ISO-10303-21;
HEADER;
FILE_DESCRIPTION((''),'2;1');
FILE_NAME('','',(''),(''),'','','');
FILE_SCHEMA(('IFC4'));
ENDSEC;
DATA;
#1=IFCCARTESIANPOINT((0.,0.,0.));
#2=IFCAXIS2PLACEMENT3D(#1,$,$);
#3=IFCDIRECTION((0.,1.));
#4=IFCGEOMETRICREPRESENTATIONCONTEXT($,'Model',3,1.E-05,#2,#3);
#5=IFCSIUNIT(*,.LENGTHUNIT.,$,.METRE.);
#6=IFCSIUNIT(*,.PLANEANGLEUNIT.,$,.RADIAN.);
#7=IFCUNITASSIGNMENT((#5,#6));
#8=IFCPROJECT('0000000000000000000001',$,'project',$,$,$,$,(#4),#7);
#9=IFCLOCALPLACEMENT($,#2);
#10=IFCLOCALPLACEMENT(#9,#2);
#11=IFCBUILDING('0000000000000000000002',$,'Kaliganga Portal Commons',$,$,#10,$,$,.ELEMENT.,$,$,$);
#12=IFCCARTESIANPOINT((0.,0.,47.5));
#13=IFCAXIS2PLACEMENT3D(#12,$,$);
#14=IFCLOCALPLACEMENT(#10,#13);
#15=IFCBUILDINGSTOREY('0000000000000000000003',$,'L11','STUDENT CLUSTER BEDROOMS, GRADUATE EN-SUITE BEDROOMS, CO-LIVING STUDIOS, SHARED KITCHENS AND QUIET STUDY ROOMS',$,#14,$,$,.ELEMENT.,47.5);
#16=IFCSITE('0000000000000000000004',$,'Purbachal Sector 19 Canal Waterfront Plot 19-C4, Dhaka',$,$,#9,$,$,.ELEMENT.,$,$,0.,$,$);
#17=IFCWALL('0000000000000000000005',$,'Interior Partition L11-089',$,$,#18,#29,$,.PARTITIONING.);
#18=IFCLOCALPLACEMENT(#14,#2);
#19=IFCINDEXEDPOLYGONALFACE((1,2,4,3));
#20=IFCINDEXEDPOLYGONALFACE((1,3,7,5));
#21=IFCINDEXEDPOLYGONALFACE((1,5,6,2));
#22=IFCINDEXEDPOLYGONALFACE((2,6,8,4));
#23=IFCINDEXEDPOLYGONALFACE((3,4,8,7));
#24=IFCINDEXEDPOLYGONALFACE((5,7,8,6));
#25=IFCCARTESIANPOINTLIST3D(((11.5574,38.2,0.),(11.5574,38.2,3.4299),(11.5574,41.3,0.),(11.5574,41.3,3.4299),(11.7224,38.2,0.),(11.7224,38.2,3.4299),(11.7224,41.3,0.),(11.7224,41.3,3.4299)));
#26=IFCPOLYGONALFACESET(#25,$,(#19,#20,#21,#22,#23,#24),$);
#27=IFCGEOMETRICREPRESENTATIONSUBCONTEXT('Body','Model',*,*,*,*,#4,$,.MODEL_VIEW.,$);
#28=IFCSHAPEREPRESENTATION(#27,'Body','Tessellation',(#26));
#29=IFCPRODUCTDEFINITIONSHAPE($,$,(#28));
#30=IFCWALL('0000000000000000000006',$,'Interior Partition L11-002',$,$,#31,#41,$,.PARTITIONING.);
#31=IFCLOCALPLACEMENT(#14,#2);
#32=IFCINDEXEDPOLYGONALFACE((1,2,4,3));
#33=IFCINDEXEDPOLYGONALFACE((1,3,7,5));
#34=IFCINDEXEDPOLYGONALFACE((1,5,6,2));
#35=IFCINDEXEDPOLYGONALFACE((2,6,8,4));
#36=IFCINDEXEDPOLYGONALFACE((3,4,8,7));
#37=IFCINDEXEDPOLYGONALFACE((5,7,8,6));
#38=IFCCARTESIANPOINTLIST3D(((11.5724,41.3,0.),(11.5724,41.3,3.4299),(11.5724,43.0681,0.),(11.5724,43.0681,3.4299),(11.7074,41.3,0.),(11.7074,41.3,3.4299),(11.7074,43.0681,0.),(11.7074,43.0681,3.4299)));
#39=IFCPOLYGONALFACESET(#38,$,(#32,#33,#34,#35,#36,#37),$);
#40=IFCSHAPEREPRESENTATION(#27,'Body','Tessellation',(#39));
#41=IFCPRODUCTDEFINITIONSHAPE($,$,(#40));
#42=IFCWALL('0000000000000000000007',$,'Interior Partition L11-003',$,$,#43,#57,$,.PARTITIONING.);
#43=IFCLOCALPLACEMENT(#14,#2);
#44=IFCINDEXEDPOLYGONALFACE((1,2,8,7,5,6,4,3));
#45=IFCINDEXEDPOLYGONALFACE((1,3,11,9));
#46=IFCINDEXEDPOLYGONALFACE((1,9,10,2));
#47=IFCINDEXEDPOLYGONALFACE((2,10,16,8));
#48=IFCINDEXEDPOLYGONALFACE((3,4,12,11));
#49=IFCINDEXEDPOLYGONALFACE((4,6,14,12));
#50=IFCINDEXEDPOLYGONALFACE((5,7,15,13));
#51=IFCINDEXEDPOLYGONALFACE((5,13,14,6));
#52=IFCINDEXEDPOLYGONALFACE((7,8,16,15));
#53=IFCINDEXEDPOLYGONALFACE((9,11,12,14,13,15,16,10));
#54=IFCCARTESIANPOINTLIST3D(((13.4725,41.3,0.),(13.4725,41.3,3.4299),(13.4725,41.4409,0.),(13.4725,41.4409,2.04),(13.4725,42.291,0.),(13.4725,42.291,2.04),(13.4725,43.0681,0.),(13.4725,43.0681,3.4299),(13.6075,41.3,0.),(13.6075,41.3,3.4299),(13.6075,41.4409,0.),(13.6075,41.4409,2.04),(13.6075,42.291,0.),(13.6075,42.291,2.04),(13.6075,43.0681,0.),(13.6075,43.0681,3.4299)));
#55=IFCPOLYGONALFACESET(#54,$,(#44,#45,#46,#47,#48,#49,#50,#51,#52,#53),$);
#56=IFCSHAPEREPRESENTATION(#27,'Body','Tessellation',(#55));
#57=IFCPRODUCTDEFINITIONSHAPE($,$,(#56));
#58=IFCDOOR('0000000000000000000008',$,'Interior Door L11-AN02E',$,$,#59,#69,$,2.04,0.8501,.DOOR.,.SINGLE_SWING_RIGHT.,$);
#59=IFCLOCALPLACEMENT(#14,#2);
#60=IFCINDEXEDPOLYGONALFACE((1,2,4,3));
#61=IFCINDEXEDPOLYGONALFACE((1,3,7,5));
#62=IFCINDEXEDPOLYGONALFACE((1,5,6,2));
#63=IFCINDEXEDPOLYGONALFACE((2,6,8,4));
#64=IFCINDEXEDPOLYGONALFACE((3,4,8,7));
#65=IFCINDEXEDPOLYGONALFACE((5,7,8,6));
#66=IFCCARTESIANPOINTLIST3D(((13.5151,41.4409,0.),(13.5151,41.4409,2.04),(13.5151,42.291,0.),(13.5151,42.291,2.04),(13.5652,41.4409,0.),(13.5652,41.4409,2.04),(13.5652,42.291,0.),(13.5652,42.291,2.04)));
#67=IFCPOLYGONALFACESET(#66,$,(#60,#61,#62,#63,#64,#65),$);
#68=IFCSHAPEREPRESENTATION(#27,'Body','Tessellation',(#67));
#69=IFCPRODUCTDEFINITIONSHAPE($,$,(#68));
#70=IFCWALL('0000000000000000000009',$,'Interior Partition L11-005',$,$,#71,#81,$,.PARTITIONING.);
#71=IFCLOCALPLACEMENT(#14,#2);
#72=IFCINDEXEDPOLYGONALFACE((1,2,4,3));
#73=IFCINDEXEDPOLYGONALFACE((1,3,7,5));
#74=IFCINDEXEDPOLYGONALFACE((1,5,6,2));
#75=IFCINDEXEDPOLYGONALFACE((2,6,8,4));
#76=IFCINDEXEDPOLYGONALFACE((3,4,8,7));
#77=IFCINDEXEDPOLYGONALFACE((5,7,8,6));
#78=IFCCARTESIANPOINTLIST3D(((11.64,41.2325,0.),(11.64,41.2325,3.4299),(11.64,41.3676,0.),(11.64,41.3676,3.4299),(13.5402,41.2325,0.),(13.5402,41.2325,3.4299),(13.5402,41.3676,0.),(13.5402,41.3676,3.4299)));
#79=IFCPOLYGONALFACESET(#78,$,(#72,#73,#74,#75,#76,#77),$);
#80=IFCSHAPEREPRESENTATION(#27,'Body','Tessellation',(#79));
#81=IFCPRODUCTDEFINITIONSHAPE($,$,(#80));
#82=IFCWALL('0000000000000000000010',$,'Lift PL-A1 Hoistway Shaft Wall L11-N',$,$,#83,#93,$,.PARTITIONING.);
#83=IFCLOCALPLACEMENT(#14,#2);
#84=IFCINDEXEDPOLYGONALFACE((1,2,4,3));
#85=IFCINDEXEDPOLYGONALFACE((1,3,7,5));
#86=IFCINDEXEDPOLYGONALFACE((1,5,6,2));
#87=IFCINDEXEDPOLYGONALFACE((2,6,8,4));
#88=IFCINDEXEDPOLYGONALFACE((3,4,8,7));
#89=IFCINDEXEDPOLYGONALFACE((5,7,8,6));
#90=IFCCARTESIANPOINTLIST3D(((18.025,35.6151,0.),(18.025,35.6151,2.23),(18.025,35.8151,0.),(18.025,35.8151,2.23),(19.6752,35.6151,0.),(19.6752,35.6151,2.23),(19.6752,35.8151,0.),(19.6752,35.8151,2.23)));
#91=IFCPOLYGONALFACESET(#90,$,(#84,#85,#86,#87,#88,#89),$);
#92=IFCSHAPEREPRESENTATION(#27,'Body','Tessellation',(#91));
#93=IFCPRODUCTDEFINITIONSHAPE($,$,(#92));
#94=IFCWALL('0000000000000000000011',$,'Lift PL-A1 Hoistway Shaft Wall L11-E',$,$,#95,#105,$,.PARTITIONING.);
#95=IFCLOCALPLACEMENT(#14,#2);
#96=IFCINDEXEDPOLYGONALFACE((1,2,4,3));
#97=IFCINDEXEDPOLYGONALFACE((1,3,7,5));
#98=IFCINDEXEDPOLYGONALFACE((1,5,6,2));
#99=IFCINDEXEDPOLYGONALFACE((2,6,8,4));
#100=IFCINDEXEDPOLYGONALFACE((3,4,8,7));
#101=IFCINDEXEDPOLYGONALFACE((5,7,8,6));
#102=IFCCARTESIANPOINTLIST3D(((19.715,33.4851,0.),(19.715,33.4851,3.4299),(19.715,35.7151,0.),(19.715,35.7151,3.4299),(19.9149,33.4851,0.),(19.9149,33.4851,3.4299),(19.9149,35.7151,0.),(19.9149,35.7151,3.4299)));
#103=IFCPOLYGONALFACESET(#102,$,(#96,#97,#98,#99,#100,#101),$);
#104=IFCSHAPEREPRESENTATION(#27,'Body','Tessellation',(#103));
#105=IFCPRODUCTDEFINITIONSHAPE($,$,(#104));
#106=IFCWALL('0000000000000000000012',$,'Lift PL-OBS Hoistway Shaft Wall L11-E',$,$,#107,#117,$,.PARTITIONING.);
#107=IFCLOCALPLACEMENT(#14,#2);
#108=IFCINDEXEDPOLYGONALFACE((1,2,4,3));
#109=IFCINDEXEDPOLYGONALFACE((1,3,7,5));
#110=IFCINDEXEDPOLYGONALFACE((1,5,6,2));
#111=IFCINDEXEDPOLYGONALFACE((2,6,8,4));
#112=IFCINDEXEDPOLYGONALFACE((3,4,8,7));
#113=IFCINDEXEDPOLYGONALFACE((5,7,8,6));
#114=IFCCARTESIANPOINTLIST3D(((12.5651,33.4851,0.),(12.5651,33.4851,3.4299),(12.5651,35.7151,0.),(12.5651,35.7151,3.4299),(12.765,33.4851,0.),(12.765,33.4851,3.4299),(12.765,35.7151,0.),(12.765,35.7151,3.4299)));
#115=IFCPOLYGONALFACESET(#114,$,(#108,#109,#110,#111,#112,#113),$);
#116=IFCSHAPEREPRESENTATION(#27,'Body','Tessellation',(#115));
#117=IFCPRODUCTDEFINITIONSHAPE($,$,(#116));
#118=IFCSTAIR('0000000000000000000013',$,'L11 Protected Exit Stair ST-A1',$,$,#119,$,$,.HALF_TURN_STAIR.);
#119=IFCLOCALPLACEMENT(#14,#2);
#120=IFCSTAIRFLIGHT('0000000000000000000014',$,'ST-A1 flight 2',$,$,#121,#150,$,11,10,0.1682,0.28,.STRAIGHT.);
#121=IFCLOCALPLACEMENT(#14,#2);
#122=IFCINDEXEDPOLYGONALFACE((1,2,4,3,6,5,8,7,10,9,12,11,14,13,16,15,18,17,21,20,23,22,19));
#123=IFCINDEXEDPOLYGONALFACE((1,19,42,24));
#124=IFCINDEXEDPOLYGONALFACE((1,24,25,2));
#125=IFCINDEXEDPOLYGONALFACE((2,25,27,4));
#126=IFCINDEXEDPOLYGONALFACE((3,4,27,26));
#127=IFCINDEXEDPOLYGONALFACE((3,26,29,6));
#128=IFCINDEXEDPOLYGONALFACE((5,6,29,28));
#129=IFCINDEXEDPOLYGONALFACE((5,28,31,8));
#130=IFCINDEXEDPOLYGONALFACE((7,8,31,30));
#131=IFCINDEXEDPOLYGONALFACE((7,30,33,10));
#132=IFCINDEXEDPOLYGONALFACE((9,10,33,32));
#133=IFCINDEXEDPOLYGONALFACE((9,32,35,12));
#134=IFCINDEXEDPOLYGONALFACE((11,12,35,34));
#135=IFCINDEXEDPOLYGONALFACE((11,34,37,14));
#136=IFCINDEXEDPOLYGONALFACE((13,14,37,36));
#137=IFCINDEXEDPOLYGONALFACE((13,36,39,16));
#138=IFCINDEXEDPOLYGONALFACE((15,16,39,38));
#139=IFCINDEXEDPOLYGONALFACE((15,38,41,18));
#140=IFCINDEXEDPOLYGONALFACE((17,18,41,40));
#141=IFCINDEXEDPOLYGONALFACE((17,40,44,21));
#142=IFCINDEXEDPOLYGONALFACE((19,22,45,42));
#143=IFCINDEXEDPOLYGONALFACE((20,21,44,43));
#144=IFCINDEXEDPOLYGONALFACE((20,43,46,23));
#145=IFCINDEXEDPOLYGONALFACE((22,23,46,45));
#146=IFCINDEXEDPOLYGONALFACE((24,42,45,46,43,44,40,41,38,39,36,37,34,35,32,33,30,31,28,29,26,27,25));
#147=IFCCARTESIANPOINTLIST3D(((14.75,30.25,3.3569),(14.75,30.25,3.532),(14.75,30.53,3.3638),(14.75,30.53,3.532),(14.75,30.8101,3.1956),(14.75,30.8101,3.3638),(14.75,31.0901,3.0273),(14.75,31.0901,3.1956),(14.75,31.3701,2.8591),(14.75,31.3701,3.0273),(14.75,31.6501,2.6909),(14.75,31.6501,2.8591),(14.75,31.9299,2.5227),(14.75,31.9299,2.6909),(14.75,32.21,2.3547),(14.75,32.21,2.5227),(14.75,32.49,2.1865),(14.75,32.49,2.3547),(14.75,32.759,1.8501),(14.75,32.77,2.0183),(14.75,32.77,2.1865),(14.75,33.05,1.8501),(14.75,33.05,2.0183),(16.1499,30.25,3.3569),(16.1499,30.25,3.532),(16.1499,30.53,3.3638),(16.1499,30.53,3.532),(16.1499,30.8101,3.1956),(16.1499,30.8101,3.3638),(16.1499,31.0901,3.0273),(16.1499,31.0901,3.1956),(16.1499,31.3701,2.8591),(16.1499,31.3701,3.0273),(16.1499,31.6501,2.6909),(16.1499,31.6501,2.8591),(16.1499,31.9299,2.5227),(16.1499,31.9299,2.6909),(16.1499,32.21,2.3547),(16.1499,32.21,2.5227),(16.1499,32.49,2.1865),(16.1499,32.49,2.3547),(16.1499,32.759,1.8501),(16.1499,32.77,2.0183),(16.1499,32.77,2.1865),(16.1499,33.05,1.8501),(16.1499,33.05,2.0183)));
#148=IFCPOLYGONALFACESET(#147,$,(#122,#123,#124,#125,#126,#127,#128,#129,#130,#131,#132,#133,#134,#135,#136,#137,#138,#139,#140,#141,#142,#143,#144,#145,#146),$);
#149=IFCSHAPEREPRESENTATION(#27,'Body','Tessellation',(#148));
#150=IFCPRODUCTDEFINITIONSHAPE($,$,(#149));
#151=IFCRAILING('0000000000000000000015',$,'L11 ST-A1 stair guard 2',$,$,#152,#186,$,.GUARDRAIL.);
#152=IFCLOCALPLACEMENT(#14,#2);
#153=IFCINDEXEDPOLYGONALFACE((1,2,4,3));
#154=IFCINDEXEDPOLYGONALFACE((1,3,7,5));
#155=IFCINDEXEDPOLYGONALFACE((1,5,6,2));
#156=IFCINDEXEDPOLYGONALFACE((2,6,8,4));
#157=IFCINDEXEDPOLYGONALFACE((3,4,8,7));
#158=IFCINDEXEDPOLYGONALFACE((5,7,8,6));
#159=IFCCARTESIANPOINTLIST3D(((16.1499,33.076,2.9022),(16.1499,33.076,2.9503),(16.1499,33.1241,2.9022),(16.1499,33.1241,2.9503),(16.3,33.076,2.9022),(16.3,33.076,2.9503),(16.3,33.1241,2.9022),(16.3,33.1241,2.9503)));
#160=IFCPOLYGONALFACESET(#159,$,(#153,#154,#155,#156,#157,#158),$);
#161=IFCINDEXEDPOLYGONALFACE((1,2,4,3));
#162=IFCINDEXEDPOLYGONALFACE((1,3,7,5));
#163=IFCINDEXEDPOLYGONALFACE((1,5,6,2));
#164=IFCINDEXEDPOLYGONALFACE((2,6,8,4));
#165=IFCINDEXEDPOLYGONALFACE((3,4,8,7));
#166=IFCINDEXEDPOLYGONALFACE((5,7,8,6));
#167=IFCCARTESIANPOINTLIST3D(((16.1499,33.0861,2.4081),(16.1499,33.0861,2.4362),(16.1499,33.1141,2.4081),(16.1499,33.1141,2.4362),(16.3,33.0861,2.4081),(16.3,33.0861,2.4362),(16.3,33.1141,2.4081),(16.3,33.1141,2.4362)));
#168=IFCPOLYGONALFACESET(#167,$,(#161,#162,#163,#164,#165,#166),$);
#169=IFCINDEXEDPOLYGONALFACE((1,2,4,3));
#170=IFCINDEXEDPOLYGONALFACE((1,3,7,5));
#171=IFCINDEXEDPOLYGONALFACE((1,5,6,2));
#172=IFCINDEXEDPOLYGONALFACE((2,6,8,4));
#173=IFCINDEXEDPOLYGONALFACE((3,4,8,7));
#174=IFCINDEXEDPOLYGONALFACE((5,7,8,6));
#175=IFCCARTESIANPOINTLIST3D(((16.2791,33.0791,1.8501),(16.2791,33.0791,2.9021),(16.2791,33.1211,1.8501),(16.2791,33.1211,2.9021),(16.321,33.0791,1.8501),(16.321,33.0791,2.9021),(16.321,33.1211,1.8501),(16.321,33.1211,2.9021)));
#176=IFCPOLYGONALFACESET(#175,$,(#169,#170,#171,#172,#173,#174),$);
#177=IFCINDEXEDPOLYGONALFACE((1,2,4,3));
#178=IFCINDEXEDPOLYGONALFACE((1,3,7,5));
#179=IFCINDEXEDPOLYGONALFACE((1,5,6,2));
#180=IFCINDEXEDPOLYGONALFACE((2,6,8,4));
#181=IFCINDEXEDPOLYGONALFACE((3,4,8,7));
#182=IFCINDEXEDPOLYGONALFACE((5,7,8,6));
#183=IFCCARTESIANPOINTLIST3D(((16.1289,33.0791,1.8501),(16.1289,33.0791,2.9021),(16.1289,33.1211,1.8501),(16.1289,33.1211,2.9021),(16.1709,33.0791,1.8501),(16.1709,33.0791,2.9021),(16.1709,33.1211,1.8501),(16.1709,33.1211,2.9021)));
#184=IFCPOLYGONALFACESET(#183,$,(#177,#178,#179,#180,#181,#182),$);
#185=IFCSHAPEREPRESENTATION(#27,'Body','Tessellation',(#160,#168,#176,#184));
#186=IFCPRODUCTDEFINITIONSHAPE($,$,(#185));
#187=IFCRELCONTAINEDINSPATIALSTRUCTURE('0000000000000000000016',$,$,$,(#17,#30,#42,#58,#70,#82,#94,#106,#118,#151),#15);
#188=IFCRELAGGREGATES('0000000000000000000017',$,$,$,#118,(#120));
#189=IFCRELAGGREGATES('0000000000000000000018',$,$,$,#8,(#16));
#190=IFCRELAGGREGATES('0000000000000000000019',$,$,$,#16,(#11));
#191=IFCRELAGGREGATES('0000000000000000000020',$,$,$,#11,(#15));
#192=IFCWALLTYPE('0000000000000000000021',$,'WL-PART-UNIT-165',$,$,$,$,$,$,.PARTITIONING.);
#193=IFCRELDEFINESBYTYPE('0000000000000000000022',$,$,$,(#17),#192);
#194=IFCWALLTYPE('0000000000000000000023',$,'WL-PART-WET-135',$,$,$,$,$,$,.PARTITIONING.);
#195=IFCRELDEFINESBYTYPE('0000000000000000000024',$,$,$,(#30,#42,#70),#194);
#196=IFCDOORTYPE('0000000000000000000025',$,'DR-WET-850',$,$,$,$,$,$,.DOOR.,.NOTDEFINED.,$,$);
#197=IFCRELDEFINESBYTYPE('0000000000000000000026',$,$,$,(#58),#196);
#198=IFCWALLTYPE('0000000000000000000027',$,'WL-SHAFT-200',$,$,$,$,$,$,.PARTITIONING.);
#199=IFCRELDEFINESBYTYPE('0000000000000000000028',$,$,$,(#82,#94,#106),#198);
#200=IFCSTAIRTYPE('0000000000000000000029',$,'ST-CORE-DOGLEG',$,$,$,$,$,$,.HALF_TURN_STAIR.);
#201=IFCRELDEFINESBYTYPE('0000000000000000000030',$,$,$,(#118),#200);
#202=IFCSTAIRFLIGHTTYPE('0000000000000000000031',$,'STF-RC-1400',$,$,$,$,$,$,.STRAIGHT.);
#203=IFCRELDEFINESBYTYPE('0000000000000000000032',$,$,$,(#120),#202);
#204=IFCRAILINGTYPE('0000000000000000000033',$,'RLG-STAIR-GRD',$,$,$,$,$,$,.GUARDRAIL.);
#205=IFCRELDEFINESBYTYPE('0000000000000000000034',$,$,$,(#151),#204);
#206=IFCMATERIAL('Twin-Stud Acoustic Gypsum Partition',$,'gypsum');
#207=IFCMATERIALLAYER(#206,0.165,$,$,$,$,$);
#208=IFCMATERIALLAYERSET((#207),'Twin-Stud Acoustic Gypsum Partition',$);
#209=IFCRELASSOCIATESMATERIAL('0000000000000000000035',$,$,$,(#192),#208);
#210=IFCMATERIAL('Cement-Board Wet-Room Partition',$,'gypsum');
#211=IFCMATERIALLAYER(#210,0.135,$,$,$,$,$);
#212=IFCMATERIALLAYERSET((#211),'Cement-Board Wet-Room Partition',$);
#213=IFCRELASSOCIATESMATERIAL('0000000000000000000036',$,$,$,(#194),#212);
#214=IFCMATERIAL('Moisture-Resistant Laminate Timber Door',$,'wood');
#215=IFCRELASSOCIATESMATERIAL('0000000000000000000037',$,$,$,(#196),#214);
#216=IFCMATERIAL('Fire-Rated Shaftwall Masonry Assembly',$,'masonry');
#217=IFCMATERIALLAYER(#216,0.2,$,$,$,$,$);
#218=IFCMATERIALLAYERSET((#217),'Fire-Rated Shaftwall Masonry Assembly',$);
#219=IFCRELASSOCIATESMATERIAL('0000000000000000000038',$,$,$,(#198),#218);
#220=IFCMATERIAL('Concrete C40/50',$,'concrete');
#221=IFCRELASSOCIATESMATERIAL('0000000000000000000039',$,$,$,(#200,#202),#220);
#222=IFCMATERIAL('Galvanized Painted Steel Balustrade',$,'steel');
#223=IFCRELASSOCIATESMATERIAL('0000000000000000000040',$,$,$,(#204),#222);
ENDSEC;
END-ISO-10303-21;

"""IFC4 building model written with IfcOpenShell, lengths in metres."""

from ifc_helpers import new_model, si_unit, direction, frame, frame_2d, origin, origin_2d, place, context, subcontext, project, spatial, polyline, rectangle, outline, extrude, material, layer, layer_set, type_object, element, fill, aggregate, save


model = new_model("IFC4")

# Units and contexts
model_context = context("Model", 3, precision=1e-05, world=origin(), true_north=direction((0.0, 1.0)))
body_context = subcontext(model_context, "Body", "Model", "MODEL_VIEW")
ifc_project = project(units=[si_unit("LENGTHUNIT", "METRE"), si_unit("PLANEANGLEUNIT", "RADIAN")], contexts=[model_context])

# Site, building, storey
site_placement = place(None, origin())
site = spatial("IfcSite", under=ifc_project, at=site_placement, Name="Purbachal Sector 19 Canal Waterfront Plot 19-C4, Dhaka", CompositionType="ELEMENT", RefElevation=0.0)
building_placement = place(site_placement, origin())
building = spatial("IfcBuilding", under=site, at=building_placement, Name="Kaliganga Portal Commons", CompositionType="ELEMENT")
storey_placement = place(building_placement, frame((0.0, 0.0, 47.5)))
storey = spatial("IfcBuildingStorey", under=building, at=storey_placement, Name="L11", Description="STUDENT CLUSTER BEDROOMS, GRADUATE EN-SUITE BEDROOMS, CO-LIVING STUDIOS, SHARED KITCHENS AND QUIET STUDY ROOMS", CompositionType="ELEMENT", Elevation=47.5)

# Walls
ifc_material_1 = material(Name="Twin-Stud Acoustic Gypsum Partition", Category="gypsum")
ifc_layer_1 = layer(ifc_material_1, 0.165)
ifc_layer_set_1 = layer_set([ifc_layer_1], Name="Twin-Stud Acoustic Gypsum Partition")
wall_type_1 = type_object("IfcWallType", Name="WL-PART-UNIT-165", PredefinedType="PARTITIONING", material=ifc_layer_set_1)
wall_1_placement = place(storey_placement, frame((11.6399, 38.2, 0.0), z_axis=(0.0, 0.0, 1.0), x_axis=(0.0, 1.0, 0.0)))
element("IfcWall", 1, at=wall_1_placement, inside=storey, type_object=wall_type_1, Name="Interior Partition L11-089", PredefinedType="PARTITIONING", context=body_context, shape_type="SweptSolid", body=[
    extrude(rectangle(XDim=3.1001, YDim=0.165, at=frame_2d((1.55, 0.0))), origin(), (0.0, 0.0, 1.0), 3.4299),
])
ifc_material_2 = material(Name="Cement-Board Wet-Room Partition", Category="gypsum")
ifc_layer_2 = layer(ifc_material_2, 0.135)
ifc_layer_set_2 = layer_set([ifc_layer_2], Name="Cement-Board Wet-Room Partition")
wall_type_2 = type_object("IfcWallType", Name="WL-PART-WET-135", PredefinedType="PARTITIONING", material=ifc_layer_set_2)
wall_2_placement = place(storey_placement, frame((11.6399, 41.3, 0.0), z_axis=(0.0, 0.0, 1.0), x_axis=(0.0, 1.0, 0.0)))
element("IfcWall", 2, at=wall_2_placement, inside=storey, type_object=wall_type_2, Name="Interior Partition L11-002", PredefinedType="PARTITIONING", context=body_context, shape_type="SweptSolid", body=[
    extrude(rectangle(XDim=1.7681, YDim=0.135, at=frame_2d((0.884, 0.0))), origin(), (0.0, 0.0, 1.0), 3.4299),
])

# Wall, opening, door
wall_3_placement = place(storey_placement, frame((13.54, 41.3, 0.0), z_axis=(0.0, 0.0, 1.0), x_axis=(0.0, 1.0, 0.0)))
wall_3 = element("IfcWall", 3, at=wall_3_placement, inside=storey, type_object=wall_type_2, Name="Interior Partition L11-003", PredefinedType="PARTITIONING", context=body_context, shape_type="SweptSolid", body=[
    extrude(rectangle(XDim=1.7681, YDim=0.135, at=frame_2d((0.884, 0.0))), origin(), (0.0, 0.0, 1.0), 3.4299),
])
opening_1_placement = place(wall_3_placement, frame((0.1409, 0.0, 0.0)))
opening_1 = element("IfcOpeningElement", 4, at=opening_1_placement, cuts=wall_3, PredefinedType="OPENING", context=body_context, shape_type="SweptSolid", body=[
    extrude(rectangle(XDim=0.8501, YDim=2.04, at=frame_2d((0.425, 1.02))), frame((0.0, 0.0776, 0.0), z_axis=(0.0, -1.0, 0.0), x_axis=(1.0, 0.0, 0.0)), (0.0, 0.0, 1.0), 0.155),
])
ifc_material_3 = material(Name="Moisture-Resistant Laminate Timber Door", Category="wood")
door_type_1 = type_object("IfcDoorType", Name="DR-WET-850", OperationType="NOTDEFINED", PredefinedType="DOOR", material=ifc_material_3)
door_1_placement = place(opening_1_placement, origin())
door_1 = element("IfcDoor", 5, at=door_1_placement, inside=storey, type_object=door_type_1, Name="Interior Door L11-AN02E", OperationType="SINGLE_SWING_RIGHT", OverallHeight=2.04, OverallWidth=0.8501, PredefinedType="DOOR", context=body_context, shape_type="SweptSolid", body=[
    extrude(rectangle(XDim=0.8501, YDim=2.04, at=frame_2d((0.425, 1.02))), frame((0.0, 0.0249, 0.0), z_axis=(0.0, -1.0, 0.0), x_axis=(1.0, 0.0, 0.0)), (0.0, 0.0, 1.0), 0.05),
])
fill(opening_1, door_1)

# Wall
wall_4_placement = place(storey_placement, frame((11.6399, 41.3, 0.0), z_axis=(0.0, 0.0, 1.0), x_axis=(1.0, 0.0, 0.0)))
element("IfcWall", 6, at=wall_4_placement, inside=storey, type_object=wall_type_2, Name="Interior Partition L11-005", PredefinedType="PARTITIONING", context=body_context, shape_type="SweptSolid", body=[
    extrude(rectangle(XDim=1.9001, YDim=0.135, at=frame_2d((0.9502, 0.0))), origin(), (0.0, 0.0, 1.0), 3.4299),
])

# Shared definitions
ifc_material_4 = material(Name="Fire-Rated Shaftwall Masonry Assembly", Category="masonry")
ifc_layer_3 = layer(ifc_material_4, 0.2)
ifc_layer_set_3 = layer_set([ifc_layer_3], Name="Fire-Rated Shaftwall Masonry Assembly")
wall_type_3 = type_object("IfcWallType", Name="WL-SHAFT-200", PredefinedType="PARTITIONING", material=ifc_layer_set_3)

# Walls
wall_5_placement = place(storey_placement, frame((18.0249, 35.7151, 0.0), z_axis=(0.0, 0.0, 1.0), x_axis=(1.0, 0.0, 0.0)))
element("IfcWall", 7, at=wall_5_placement, inside=storey, type_object=wall_type_3, Name="Lift PL-A1 Hoistway Shaft Wall L11-N", PredefinedType="PARTITIONING", context=body_context, shape_type="SweptSolid", body=[
    extrude(rectangle(XDim=1.6501, YDim=0.2, at=frame_2d((0.8252, 0.0))), origin(), (0.0, 0.0, 1.0), 2.23),
])
for number, where, z_axis, x_axis, name in (
    (8, (19.8149, 33.4851, 0.0), (0.0, 0.0, 1.0), (0.0, 1.0, 0.0), "Lift PL-A1 Hoistway Shaft Wall L11-E"),
    (9, (12.665, 33.4851, 0.0), (0.0, 0.0, 1.0), (0.0, 1.0, 0.0), "Lift PL-OBS Hoistway Shaft Wall L11-E"),
):
    element("IfcWall", number, at=place(storey_placement, frame(where, z_axis=z_axis, x_axis=x_axis)), inside=storey, type_object=wall_type_3, Name=name, PredefinedType="PARTITIONING", context=body_context, shape_type="SweptSolid", body=[
        extrude(rectangle(XDim=2.23, YDim=0.2, at=frame_2d((1.115, 0.0))), origin(), (0.0, 0.0, 1.0), 3.4299),
    ])

# Stair, stair flight
ifc_material_5 = material(Name="Concrete C40/50", Category="concrete")
stair_type = type_object("IfcStairType", Name="ST-CORE-DOGLEG", PredefinedType="HALF_TURN_STAIR", material=ifc_material_5)
stair_placement = place(storey_placement, origin())
stair = element("IfcStair", 10, at=stair_placement, inside=storey, type_object=stair_type, Name="L11 Protected Exit Stair ST-A1", PredefinedType="HALF_TURN_STAIR")
stair_flight_type = type_object("IfcStairFlightType", Name="STF-RC-1400", PredefinedType="STRAIGHT", material=ifc_material_5)
stair_flight_placement = place(storey_placement, frame((15.45, 33.05, 1.8501), z_axis=(0.0, 0.0, 1.0), x_axis=(0.0, -1.0, 0.0)))
stair_flight = element("IfcStairFlight", 11, at=stair_flight_placement, type_object=stair_flight_type, Name="ST-A1 flight 2", NumberOfRisers=11, NumberOfTreads=10, PredefinedType="STRAIGHT", RiserHeight=0.1682, TreadLength=0.28, context=body_context, shape_type="SweptSolid", body=[
    extrude(outline(polyline([(0.0, 0.0), (0.0, 0.1682), (0.28, 0.1682), (0.28, 0.3364), (0.5601, 0.3364), (0.5601, 0.5046), (0.8401, 0.5046), (0.8401, 0.6726), (1.1201, 0.6726), (1.1201, 0.8408), (1.3999, 0.8408), (1.3999, 1.009), (1.6799, 1.009), (1.6799, 1.1772), (1.96, 1.1772), (1.96, 1.3455), (2.24, 1.3455), (2.24, 1.5137), (2.52, 1.5137), (2.52, 1.6819), (2.8, 1.6819), (2.8, 1.8501), (2.8, 1.5068), (0.291, 0.0), (0.0, 0.0)])), frame((0.0, 0.7, 0.0), z_axis=(0.0, -1.0, 0.0), x_axis=(1.0, 0.0, 0.0)), (0.0, 0.0, 1.0), 1.3999),
])
aggregate(stair, [stair_flight])

# Railing
ifc_material_6 = material(Name="Galvanized Painted Steel Balustrade", Category="steel")
railing_type_1 = type_object("IfcRailingType", Name="RLG-STAIR-GRD", PredefinedType="GUARDRAIL", material=ifc_material_6)
railing_1_placement = place(storey_placement, frame((16.3, 33.1001, 1.8501)))
element("IfcRailing", 12, at=railing_1_placement, inside=storey, type_object=railing_type_1, Name="L11 ST-A1 stair guard 2", PredefinedType="GUARDRAIL", context=body_context, shape_type="SweptSolid", body=[
    extrude(rectangle(XDim=0.0481, YDim=0.0481, at=origin_2d()), frame((0.0, 0.0, 1.0762), z_axis=(-1.0, 0.0, 0.0), x_axis=(0.0, -1.0, 0.0)), (0.0, 0.0, 1.0), 0.1501),
    extrude(rectangle(XDim=0.0281, YDim=0.0281, at=origin_2d()), frame((0.0, 0.0, 0.572), z_axis=(-1.0, 0.0, 0.0), x_axis=(0.0, -1.0, 0.0)), (0.0, 0.0, 1.0), 0.1501),
    extrude(rectangle(XDim=0.042, YDim=0.042, at=origin_2d()), origin(), (0.0, 0.0, 1.0), 1.052),
    extrude(rectangle(XDim=0.042, YDim=0.042, at=origin_2d()), frame((-0.1501, 0.0, 0.0)), (0.0, 0.0, 1.0), 1.052),
])

save(model, "model.ifc")
